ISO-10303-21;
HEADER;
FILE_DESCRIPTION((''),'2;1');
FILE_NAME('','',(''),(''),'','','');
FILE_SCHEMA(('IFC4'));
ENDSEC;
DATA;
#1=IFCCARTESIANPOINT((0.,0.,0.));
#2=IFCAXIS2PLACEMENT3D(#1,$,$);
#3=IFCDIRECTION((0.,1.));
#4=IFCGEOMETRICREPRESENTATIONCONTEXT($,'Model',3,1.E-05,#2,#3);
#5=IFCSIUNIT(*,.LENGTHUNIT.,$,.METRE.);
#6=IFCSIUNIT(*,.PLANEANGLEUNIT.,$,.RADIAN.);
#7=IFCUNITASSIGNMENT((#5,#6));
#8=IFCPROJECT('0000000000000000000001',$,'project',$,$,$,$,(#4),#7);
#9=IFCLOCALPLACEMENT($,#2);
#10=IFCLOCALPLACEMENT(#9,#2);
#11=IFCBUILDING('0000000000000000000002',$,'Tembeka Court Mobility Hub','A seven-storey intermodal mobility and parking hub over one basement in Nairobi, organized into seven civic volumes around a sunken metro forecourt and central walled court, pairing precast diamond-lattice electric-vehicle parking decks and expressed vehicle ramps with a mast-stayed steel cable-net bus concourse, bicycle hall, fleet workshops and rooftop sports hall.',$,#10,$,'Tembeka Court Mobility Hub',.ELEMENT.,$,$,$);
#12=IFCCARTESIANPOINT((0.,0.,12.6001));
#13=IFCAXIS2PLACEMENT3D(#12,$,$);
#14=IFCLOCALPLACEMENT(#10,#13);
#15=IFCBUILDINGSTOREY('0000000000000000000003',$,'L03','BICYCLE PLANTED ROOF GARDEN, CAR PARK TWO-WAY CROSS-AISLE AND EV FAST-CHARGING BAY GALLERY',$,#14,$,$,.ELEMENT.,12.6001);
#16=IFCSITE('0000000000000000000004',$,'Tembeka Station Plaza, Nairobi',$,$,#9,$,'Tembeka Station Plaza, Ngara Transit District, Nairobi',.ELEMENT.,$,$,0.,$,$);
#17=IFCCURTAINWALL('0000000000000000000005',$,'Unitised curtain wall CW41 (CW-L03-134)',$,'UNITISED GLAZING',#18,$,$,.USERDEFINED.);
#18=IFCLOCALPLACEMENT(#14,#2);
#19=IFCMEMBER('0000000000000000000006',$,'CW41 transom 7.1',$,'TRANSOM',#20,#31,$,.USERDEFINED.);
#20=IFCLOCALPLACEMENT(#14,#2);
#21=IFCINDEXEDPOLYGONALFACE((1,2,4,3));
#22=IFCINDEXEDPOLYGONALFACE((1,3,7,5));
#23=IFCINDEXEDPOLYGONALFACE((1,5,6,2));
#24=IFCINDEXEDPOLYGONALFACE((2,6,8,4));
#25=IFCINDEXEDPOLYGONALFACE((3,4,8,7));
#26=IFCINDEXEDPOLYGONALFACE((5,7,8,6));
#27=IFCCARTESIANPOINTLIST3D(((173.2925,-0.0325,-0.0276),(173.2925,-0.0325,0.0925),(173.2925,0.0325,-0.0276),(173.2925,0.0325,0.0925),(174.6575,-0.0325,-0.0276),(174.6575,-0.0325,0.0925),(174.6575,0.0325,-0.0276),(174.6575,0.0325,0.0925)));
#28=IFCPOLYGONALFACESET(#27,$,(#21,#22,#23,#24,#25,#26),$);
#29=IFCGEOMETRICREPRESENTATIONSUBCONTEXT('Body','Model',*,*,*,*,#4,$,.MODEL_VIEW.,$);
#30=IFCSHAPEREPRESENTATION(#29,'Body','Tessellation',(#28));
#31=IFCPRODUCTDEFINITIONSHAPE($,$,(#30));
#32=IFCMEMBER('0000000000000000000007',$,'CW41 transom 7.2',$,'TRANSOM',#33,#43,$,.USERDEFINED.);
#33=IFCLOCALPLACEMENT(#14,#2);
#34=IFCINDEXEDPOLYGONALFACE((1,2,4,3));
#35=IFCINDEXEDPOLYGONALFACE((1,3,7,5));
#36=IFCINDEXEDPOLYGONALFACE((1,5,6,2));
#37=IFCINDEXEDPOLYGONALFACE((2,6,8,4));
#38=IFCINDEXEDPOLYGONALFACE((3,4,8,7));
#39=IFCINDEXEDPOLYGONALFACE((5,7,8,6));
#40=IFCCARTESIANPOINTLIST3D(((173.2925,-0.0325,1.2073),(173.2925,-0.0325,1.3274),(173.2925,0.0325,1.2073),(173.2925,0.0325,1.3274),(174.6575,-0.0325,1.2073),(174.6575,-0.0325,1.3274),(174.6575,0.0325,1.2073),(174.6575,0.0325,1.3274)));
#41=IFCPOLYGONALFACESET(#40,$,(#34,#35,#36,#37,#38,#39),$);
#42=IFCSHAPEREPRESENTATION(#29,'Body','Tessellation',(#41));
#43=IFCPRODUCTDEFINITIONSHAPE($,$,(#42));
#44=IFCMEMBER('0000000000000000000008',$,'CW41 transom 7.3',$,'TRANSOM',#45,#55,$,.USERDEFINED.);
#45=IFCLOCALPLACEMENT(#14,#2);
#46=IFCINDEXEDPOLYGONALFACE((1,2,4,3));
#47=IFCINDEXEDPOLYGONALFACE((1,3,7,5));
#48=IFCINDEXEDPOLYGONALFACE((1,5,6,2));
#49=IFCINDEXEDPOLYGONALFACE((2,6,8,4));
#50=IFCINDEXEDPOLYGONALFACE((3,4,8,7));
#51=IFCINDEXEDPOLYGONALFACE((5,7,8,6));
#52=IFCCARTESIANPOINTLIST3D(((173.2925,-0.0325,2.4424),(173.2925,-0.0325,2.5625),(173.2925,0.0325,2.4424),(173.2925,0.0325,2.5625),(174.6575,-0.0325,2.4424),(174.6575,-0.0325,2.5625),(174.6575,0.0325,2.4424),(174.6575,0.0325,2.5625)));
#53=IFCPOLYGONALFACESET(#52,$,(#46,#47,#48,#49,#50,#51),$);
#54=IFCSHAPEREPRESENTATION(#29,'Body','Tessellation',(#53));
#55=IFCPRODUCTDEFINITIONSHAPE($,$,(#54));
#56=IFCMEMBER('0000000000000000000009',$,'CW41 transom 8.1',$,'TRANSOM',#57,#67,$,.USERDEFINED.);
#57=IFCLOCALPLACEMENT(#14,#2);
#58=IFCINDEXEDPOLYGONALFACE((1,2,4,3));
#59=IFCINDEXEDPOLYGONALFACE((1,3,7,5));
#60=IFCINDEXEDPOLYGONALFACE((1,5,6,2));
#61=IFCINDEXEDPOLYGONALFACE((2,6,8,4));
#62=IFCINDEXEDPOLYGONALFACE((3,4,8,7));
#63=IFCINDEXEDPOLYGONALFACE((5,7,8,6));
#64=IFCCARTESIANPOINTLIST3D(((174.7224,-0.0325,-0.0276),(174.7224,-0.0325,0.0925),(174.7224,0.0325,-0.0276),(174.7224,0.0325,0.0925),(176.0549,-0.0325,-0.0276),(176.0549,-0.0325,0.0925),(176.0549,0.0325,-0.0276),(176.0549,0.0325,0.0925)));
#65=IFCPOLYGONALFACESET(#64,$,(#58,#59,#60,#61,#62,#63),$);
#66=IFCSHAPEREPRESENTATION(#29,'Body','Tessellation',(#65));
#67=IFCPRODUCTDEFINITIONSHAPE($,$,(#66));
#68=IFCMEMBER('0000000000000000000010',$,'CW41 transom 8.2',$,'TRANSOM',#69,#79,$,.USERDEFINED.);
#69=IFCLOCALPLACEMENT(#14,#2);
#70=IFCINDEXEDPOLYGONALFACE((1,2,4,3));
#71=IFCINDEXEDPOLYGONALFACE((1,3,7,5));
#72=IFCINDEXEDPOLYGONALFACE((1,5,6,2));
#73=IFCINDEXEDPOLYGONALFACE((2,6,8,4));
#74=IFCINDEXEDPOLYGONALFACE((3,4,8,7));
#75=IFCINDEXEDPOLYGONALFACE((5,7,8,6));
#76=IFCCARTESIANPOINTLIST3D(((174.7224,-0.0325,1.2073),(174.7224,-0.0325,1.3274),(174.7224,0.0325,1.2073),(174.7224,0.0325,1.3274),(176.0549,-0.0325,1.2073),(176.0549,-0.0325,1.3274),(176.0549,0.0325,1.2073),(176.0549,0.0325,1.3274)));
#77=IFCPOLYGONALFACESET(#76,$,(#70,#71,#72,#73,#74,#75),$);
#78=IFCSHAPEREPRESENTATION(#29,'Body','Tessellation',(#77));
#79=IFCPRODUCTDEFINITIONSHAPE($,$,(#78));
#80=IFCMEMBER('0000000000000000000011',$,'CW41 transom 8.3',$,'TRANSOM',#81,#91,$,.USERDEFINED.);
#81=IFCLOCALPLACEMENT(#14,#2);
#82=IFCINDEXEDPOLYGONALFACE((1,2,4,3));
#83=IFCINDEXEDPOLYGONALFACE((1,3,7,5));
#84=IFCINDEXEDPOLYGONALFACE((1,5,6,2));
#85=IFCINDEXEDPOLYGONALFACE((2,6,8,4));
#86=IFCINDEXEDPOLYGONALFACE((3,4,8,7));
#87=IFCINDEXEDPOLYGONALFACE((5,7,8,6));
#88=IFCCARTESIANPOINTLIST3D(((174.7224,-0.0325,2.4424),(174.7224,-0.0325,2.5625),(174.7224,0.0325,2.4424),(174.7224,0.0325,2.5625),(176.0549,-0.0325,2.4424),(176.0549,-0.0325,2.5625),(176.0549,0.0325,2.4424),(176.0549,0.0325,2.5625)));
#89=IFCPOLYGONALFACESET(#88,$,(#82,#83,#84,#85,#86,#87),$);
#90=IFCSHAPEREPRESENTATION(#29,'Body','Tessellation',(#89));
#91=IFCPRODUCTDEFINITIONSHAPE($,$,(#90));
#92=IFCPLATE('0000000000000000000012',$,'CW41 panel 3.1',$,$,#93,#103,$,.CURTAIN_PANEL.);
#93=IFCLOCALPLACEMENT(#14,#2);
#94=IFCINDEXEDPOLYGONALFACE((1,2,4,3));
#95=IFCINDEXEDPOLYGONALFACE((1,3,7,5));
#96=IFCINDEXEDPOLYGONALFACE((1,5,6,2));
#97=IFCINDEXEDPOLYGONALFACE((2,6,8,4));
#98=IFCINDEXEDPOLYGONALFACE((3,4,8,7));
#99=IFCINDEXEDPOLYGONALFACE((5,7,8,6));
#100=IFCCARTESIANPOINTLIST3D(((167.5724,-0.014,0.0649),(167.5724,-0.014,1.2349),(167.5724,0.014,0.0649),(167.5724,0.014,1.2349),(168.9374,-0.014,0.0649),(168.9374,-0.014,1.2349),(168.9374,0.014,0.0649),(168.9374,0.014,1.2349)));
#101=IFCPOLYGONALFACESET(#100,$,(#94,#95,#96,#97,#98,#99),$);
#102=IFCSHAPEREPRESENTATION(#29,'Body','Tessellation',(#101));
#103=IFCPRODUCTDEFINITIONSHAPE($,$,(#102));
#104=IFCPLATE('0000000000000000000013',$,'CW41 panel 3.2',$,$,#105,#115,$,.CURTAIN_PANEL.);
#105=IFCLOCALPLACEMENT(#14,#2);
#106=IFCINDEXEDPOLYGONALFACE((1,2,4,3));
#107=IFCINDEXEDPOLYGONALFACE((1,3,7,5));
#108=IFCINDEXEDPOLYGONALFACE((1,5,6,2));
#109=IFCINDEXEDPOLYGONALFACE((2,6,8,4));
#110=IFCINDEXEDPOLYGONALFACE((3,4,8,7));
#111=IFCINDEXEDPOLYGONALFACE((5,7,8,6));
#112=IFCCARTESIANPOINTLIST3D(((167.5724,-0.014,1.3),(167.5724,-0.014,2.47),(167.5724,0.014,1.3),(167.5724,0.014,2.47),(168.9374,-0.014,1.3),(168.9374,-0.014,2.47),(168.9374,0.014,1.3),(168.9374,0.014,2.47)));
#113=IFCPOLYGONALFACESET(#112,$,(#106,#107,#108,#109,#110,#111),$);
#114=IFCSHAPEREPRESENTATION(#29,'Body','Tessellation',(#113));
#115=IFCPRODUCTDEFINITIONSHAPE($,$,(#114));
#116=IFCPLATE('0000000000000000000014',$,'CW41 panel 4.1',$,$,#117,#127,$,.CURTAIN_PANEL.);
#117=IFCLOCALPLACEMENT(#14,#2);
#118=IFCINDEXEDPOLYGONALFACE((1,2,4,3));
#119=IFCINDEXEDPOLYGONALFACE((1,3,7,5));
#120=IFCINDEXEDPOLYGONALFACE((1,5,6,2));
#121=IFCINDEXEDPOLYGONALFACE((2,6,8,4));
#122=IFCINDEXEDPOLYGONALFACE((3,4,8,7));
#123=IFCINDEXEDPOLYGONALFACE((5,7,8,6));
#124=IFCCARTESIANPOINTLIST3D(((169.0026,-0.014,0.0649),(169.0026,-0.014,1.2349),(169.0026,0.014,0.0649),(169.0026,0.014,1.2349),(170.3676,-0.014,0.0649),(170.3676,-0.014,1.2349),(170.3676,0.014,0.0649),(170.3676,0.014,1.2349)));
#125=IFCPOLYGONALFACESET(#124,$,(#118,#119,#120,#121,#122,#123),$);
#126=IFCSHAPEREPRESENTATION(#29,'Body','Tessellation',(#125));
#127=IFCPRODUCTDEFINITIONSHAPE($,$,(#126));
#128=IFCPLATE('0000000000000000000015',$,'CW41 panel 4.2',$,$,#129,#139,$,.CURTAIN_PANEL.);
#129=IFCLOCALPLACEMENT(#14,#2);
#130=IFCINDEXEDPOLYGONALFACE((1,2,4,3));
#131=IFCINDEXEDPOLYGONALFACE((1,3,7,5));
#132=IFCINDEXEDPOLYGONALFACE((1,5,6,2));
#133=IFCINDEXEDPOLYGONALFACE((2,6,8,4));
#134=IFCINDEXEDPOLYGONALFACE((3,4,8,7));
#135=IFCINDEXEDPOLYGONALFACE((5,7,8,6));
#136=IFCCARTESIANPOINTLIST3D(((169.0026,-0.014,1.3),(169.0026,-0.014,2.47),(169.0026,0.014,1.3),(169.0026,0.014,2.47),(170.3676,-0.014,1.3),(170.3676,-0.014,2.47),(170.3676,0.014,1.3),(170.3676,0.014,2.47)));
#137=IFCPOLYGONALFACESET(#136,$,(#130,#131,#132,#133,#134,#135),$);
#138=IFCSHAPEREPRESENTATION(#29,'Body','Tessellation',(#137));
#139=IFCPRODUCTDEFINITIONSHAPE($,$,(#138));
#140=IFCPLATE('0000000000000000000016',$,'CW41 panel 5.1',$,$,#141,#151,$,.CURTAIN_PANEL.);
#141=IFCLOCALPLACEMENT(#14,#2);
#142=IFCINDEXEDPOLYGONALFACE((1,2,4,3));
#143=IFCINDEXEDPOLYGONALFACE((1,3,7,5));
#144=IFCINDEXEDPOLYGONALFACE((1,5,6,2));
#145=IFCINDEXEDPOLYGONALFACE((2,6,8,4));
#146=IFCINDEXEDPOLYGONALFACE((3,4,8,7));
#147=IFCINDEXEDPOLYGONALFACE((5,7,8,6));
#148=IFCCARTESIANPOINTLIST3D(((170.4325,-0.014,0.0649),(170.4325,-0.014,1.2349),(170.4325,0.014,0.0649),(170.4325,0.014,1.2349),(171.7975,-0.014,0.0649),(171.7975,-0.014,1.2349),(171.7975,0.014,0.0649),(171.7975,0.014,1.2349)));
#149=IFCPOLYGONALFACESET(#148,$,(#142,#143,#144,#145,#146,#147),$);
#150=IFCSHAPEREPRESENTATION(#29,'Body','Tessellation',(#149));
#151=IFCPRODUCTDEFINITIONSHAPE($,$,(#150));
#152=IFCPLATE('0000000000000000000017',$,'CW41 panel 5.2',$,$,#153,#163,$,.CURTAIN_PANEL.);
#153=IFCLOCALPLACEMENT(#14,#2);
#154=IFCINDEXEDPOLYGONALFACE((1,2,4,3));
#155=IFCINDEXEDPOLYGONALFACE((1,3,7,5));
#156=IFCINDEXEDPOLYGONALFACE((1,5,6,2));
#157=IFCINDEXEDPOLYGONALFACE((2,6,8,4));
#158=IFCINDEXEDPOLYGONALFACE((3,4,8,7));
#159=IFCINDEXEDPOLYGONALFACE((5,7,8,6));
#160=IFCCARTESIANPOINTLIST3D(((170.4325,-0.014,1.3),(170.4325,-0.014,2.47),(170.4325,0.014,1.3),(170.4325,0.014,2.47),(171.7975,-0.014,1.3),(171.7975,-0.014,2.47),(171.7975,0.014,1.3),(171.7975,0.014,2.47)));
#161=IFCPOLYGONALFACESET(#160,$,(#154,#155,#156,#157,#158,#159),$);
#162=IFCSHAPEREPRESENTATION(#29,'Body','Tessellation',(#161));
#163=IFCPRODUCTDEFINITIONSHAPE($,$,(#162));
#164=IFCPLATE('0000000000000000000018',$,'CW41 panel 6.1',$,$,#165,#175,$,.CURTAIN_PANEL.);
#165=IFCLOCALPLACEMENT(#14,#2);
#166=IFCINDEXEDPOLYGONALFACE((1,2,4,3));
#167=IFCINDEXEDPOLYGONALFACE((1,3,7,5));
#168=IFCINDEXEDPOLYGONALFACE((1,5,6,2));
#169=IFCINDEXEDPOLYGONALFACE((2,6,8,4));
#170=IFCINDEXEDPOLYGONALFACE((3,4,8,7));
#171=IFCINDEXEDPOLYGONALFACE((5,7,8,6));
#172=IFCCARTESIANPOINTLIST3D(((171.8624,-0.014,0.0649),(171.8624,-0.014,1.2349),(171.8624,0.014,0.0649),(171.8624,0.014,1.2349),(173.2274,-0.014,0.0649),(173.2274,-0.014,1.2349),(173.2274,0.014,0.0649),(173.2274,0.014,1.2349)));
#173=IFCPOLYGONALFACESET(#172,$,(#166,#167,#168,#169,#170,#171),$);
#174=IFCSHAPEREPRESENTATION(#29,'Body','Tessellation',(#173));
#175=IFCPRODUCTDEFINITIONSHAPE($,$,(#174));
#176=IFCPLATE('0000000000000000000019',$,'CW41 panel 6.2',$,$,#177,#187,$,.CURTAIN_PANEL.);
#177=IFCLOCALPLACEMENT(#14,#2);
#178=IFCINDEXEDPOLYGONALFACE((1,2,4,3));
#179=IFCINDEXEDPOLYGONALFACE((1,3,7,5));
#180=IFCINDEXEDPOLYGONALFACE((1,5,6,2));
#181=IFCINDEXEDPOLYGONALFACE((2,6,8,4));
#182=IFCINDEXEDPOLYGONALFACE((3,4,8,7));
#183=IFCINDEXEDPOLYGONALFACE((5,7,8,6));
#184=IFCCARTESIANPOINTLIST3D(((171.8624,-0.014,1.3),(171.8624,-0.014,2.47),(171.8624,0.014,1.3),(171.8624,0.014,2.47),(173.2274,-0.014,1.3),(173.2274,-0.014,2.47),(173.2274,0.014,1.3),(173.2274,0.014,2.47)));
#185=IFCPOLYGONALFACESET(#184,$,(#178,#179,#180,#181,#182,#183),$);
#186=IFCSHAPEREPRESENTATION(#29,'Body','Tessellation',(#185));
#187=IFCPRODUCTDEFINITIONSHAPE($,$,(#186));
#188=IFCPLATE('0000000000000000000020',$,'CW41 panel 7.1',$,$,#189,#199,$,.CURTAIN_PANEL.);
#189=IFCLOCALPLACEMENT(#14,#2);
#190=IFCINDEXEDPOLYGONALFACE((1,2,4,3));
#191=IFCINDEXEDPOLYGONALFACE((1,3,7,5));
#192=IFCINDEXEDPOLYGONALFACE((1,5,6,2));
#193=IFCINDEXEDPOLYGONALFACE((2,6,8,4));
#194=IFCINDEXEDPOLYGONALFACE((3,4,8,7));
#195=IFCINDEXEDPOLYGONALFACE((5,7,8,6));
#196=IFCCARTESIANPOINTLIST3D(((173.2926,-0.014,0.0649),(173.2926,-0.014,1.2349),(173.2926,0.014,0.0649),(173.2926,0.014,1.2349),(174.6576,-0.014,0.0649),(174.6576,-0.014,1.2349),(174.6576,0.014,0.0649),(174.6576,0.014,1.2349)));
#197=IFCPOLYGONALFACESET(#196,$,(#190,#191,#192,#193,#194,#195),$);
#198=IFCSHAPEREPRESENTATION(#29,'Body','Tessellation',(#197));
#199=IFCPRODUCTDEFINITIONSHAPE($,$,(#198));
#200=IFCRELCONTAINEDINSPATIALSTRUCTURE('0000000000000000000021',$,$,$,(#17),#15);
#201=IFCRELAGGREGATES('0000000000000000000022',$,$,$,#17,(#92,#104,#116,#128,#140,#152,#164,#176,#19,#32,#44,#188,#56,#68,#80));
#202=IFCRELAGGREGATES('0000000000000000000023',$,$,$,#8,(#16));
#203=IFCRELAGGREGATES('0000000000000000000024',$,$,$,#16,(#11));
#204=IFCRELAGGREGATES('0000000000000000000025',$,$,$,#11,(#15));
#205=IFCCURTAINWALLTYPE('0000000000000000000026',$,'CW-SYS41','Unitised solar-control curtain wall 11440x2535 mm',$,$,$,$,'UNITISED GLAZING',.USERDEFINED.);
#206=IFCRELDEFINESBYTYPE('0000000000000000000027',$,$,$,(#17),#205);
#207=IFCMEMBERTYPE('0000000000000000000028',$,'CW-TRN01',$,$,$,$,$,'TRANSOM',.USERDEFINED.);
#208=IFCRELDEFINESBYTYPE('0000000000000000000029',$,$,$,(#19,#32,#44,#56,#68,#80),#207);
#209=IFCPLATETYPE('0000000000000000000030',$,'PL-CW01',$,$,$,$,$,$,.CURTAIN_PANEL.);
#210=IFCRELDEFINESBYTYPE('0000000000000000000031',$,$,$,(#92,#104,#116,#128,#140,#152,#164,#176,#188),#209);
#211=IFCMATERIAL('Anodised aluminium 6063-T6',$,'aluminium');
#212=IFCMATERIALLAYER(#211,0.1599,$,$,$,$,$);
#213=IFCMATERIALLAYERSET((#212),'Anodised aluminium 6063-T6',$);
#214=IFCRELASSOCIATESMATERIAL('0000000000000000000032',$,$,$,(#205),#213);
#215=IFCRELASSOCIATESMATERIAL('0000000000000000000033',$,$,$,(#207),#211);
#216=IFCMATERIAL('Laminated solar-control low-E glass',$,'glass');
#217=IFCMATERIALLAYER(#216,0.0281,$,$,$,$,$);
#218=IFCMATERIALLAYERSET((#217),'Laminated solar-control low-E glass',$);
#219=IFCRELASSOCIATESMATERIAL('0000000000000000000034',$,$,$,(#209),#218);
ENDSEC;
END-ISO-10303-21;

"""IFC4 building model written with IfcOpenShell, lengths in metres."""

from ifc_helpers import new_model, si_unit, direction, frame, origin, origin_2d, place, context, subcontext, project, spatial, rectangle, extrude, material, layer, layer_set, material_profile, profile_set, type_object, element, aggregate, save


model = new_model("IFC4")

# Units and contexts
model_context = context("Model", 3, precision=1e-05, world=origin(), true_north=direction((0.0, 1.0)))
body_context = subcontext(model_context, "Body", "Model", "MODEL_VIEW")
ifc_project = project(units=[si_unit("LENGTHUNIT", "METRE"), si_unit("PLANEANGLEUNIT", "RADIAN")], contexts=[model_context])

# Site, building, storey
site_placement = place(None, origin())
site = spatial("IfcSite", under=ifc_project, at=site_placement, Name="Tembeka Station Plaza, Nairobi", LongName="Tembeka Station Plaza, Ngara Transit District, Nairobi", CompositionType="ELEMENT", RefElevation=0.0)
building_placement = place(site_placement, origin())
building = spatial("IfcBuilding", under=site, at=building_placement, Name="Tembeka Court Mobility Hub", Description="A seven-storey intermodal mobility and parking hub over one basement in Nairobi, organized into seven civic volumes around a sunken metro forecourt and central walled court, pairing precast diamond-lattice electric-vehicle parking decks and expressed vehicle ramps with a mast-stayed steel cable-net bus concourse, bicycle hall, fleet workshops and rooftop sports hall.", LongName="Tembeka Court Mobility Hub", CompositionType="ELEMENT")
storey_placement = place(building_placement, frame((0.0, 0.0, 12.6001)))
storey = spatial("IfcBuildingStorey", under=building, at=storey_placement, Name="L03", Description="BICYCLE PLANTED ROOF GARDEN, CAR PARK TWO-WAY CROSS-AISLE AND EV FAST-CHARGING BAY GALLERY", CompositionType="ELEMENT", Elevation=12.6001)

# Curtain wall, members, plates
ifc_material_1 = material(Name="Anodised aluminium 6063-T6", Category="aluminium")
ifc_layer_1 = layer(ifc_material_1, 0.1599)
ifc_layer_set_1 = layer_set([ifc_layer_1], Name="Anodised aluminium 6063-T6")
curtain_wall_type = type_object("IfcCurtainWallType", Name="CW-SYS41", Description="Unitised solar-control curtain wall 11440x2535 mm", ElementType="UNITISED GLAZING", PredefinedType="USERDEFINED", material=ifc_layer_set_1)
curtain_wall_placement = place(storey_placement, origin())
curtain_wall = element("IfcCurtainWall", 1, at=curtain_wall_placement, inside=storey, type_object=curtain_wall_type, Name="Unitised curtain wall CW41 (CW-L03-134)", ObjectType="UNITISED GLAZING", PredefinedType="USERDEFINED")
ifc_material_profile_1 = material_profile(ifc_material_1, rectangle(XDim=0.0649, YDim=0.1201, at=origin_2d()), Name="ALU-TRN 65x120")
ifc_profile_set_1 = profile_set([ifc_material_profile_1], Name="Anodised aluminium 6063-T6")
member_type_1 = type_object("IfcMemberType", Name="CW-TRN01", ElementType="TRANSOM", PredefinedType="USERDEFINED", material=ifc_profile_set_1)
member_1_placement = place(storey_placement, frame((173.2925, 0.0, 0.0325), z_axis=(1.0, 0.0, 0.0), x_axis=(0.0, 1.0, 0.0)))
member_1 = element("IfcMember", 2, at=member_1_placement, type_object=member_type_1, Name="CW41 transom 7.1", ObjectType="TRANSOM", PredefinedType="USERDEFINED", context=body_context, shape_type="SweptSolid", body=[
    extrude(rectangle(XDim=0.0649, YDim=0.1201, at=origin_2d()), origin(), (0.0, 0.0, 1.0), 1.365),
])
member_2_placement = place(storey_placement, frame((173.2925, 0.0, 1.2673), z_axis=(1.0, 0.0, 0.0), x_axis=(0.0, 1.0, 0.0)))
member_2 = element("IfcMember", 3, at=member_2_placement, type_object=member_type_1, Name="CW41 transom 7.2", ObjectType="TRANSOM", PredefinedType="USERDEFINED", context=body_context, shape_type="SweptSolid", body=[
    extrude(rectangle(XDim=0.0649, YDim=0.1201, at=origin_2d()), origin(), (0.0, 0.0, 1.0), 1.365),
])
member_3_placement = place(storey_placement, frame((173.2925, 0.0, 2.5024), z_axis=(1.0, 0.0, 0.0), x_axis=(0.0, 1.0, 0.0)))
member_3 = element("IfcMember", 4, at=member_3_placement, type_object=member_type_1, Name="CW41 transom 7.3", ObjectType="TRANSOM", PredefinedType="USERDEFINED", context=body_context, shape_type="SweptSolid", body=[
    extrude(rectangle(XDim=0.0649, YDim=0.1201, at=origin_2d()), origin(), (0.0, 0.0, 1.0), 1.365),
])
member_4_placement = place(storey_placement, frame((174.7224, 0.0, 0.0325), z_axis=(1.0, 0.0, 0.0), x_axis=(0.0, 1.0, 0.0)))
member_4 = element("IfcMember", 5, at=member_4_placement, type_object=member_type_1, Name="CW41 transom 8.1", ObjectType="TRANSOM", PredefinedType="USERDEFINED", context=body_context, shape_type="SweptSolid", body=[
    extrude(rectangle(XDim=0.0649, YDim=0.1201, at=origin_2d()), origin(), (0.0, 0.0, 1.0), 1.3325),
])
member_5_placement = place(storey_placement, frame((174.7224, 0.0, 1.2673), z_axis=(1.0, 0.0, 0.0), x_axis=(0.0, 1.0, 0.0)))
member_5 = element("IfcMember", 6, at=member_5_placement, type_object=member_type_1, Name="CW41 transom 8.2", ObjectType="TRANSOM", PredefinedType="USERDEFINED", context=body_context, shape_type="SweptSolid", body=[
    extrude(rectangle(XDim=0.0649, YDim=0.1201, at=origin_2d()), origin(), (0.0, 0.0, 1.0), 1.3325),
])
member_6_placement = place(storey_placement, frame((174.7224, 0.0, 2.5024), z_axis=(1.0, 0.0, 0.0), x_axis=(0.0, 1.0, 0.0)))
member_6 = element("IfcMember", 7, at=member_6_placement, type_object=member_type_1, Name="CW41 transom 8.3", ObjectType="TRANSOM", PredefinedType="USERDEFINED", context=body_context, shape_type="SweptSolid", body=[
    extrude(rectangle(XDim=0.0649, YDim=0.1201, at=origin_2d()), origin(), (0.0, 0.0, 1.0), 1.3325),
])
ifc_material_2 = material(Name="Laminated solar-control low-E glass", Category="glass")
ifc_layer_2 = layer(ifc_material_2, 0.0281)
ifc_layer_set_2 = layer_set([ifc_layer_2], Name="Laminated solar-control low-E glass")
plate_type = type_object("IfcPlateType", Name="PL-CW01", PredefinedType="CURTAIN_PANEL", material=ifc_layer_set_2)
plate_1_placement = place(storey_placement, frame((168.2549, 0.0, 0.0649), z_axis=(0.0, 0.0, 1.0), x_axis=(1.0, 0.0, 0.0)))
plate_1 = element("IfcPlate", 8, at=plate_1_placement, type_object=plate_type, Name="CW41 panel 3.1", PredefinedType="CURTAIN_PANEL", context=body_context, shape_type="SweptSolid", body=[
    extrude(rectangle(XDim=1.365, YDim=0.0281, at=origin_2d()), origin(), (0.0, 0.0, 1.0), 1.1699),
])
plate_2_placement = place(storey_placement, frame((168.2549, 0.0, 1.3), z_axis=(0.0, 0.0, 1.0), x_axis=(1.0, 0.0, 0.0)))
plate_2 = element("IfcPlate", 9, at=plate_2_placement, type_object=plate_type, Name="CW41 panel 3.2", PredefinedType="CURTAIN_PANEL", context=body_context, shape_type="SweptSolid", body=[
    extrude(rectangle(XDim=1.365, YDim=0.0281, at=origin_2d()), origin(), (0.0, 0.0, 1.0), 1.1699),
])
plate_3_placement = place(storey_placement, frame((169.6851, 0.0, 0.0649), z_axis=(0.0, 0.0, 1.0), x_axis=(1.0, 0.0, 0.0)))
plate_3 = element("IfcPlate", 10, at=plate_3_placement, type_object=plate_type, Name="CW41 panel 4.1", PredefinedType="CURTAIN_PANEL", context=body_context, shape_type="SweptSolid", body=[
    extrude(rectangle(XDim=1.365, YDim=0.0281, at=origin_2d()), origin(), (0.0, 0.0, 1.0), 1.1699),
])
plate_4_placement = place(storey_placement, frame((169.6851, 0.0, 1.3), z_axis=(0.0, 0.0, 1.0), x_axis=(1.0, 0.0, 0.0)))
plate_4 = element("IfcPlate", 11, at=plate_4_placement, type_object=plate_type, Name="CW41 panel 4.2", PredefinedType="CURTAIN_PANEL", context=body_context, shape_type="SweptSolid", body=[
    extrude(rectangle(XDim=1.365, YDim=0.0281, at=origin_2d()), origin(), (0.0, 0.0, 1.0), 1.1699),
])
plate_5_placement = place(storey_placement, frame((171.115, 0.0, 0.0649), z_axis=(0.0, 0.0, 1.0), x_axis=(1.0, 0.0, 0.0)))
plate_5 = element("IfcPlate", 12, at=plate_5_placement, type_object=plate_type, Name="CW41 panel 5.1", PredefinedType="CURTAIN_PANEL", context=body_context, shape_type="SweptSolid", body=[
    extrude(rectangle(XDim=1.365, YDim=0.0281, at=origin_2d()), origin(), (0.0, 0.0, 1.0), 1.1699),
])
plate_6_placement = place(storey_placement, frame((171.115, 0.0, 1.3), z_axis=(0.0, 0.0, 1.0), x_axis=(1.0, 0.0, 0.0)))
plate_6 = element("IfcPlate", 13, at=plate_6_placement, type_object=plate_type, Name="CW41 panel 5.2", PredefinedType="CURTAIN_PANEL", context=body_context, shape_type="SweptSolid", body=[
    extrude(rectangle(XDim=1.365, YDim=0.0281, at=origin_2d()), origin(), (0.0, 0.0, 1.0), 1.1699),
])
plate_7_placement = place(storey_placement, frame((172.5449, 0.0, 0.0649), z_axis=(0.0, 0.0, 1.0), x_axis=(1.0, 0.0, 0.0)))
plate_7 = element("IfcPlate", 14, at=plate_7_placement, type_object=plate_type, Name="CW41 panel 6.1", PredefinedType="CURTAIN_PANEL", context=body_context, shape_type="SweptSolid", body=[
    extrude(rectangle(XDim=1.365, YDim=0.0281, at=origin_2d()), origin(), (0.0, 0.0, 1.0), 1.1699),
])
plate_8_placement = place(storey_placement, frame((172.5449, 0.0, 1.3), z_axis=(0.0, 0.0, 1.0), x_axis=(1.0, 0.0, 0.0)))
plate_8 = element("IfcPlate", 15, at=plate_8_placement, type_object=plate_type, Name="CW41 panel 6.2", PredefinedType="CURTAIN_PANEL", context=body_context, shape_type="SweptSolid", body=[
    extrude(rectangle(XDim=1.365, YDim=0.0281, at=origin_2d()), origin(), (0.0, 0.0, 1.0), 1.1699),
])
plate_9_placement = place(storey_placement, frame((173.9751, 0.0, 0.0649), z_axis=(0.0, 0.0, 1.0), x_axis=(1.0, 0.0, 0.0)))
plate_9 = element("IfcPlate", 16, at=plate_9_placement, type_object=plate_type, Name="CW41 panel 7.1", PredefinedType="CURTAIN_PANEL", context=body_context, shape_type="SweptSolid", body=[
    extrude(rectangle(XDim=1.365, YDim=0.0281, at=origin_2d()), origin(), (0.0, 0.0, 1.0), 1.1699),
])
aggregate(curtain_wall, [plate_1, plate_2, plate_3, plate_4, plate_5, plate_6, plate_7, plate_8, member_1, member_2, member_3, plate_9, member_4, member_5, member_6])

save(model, "model.ifc")
